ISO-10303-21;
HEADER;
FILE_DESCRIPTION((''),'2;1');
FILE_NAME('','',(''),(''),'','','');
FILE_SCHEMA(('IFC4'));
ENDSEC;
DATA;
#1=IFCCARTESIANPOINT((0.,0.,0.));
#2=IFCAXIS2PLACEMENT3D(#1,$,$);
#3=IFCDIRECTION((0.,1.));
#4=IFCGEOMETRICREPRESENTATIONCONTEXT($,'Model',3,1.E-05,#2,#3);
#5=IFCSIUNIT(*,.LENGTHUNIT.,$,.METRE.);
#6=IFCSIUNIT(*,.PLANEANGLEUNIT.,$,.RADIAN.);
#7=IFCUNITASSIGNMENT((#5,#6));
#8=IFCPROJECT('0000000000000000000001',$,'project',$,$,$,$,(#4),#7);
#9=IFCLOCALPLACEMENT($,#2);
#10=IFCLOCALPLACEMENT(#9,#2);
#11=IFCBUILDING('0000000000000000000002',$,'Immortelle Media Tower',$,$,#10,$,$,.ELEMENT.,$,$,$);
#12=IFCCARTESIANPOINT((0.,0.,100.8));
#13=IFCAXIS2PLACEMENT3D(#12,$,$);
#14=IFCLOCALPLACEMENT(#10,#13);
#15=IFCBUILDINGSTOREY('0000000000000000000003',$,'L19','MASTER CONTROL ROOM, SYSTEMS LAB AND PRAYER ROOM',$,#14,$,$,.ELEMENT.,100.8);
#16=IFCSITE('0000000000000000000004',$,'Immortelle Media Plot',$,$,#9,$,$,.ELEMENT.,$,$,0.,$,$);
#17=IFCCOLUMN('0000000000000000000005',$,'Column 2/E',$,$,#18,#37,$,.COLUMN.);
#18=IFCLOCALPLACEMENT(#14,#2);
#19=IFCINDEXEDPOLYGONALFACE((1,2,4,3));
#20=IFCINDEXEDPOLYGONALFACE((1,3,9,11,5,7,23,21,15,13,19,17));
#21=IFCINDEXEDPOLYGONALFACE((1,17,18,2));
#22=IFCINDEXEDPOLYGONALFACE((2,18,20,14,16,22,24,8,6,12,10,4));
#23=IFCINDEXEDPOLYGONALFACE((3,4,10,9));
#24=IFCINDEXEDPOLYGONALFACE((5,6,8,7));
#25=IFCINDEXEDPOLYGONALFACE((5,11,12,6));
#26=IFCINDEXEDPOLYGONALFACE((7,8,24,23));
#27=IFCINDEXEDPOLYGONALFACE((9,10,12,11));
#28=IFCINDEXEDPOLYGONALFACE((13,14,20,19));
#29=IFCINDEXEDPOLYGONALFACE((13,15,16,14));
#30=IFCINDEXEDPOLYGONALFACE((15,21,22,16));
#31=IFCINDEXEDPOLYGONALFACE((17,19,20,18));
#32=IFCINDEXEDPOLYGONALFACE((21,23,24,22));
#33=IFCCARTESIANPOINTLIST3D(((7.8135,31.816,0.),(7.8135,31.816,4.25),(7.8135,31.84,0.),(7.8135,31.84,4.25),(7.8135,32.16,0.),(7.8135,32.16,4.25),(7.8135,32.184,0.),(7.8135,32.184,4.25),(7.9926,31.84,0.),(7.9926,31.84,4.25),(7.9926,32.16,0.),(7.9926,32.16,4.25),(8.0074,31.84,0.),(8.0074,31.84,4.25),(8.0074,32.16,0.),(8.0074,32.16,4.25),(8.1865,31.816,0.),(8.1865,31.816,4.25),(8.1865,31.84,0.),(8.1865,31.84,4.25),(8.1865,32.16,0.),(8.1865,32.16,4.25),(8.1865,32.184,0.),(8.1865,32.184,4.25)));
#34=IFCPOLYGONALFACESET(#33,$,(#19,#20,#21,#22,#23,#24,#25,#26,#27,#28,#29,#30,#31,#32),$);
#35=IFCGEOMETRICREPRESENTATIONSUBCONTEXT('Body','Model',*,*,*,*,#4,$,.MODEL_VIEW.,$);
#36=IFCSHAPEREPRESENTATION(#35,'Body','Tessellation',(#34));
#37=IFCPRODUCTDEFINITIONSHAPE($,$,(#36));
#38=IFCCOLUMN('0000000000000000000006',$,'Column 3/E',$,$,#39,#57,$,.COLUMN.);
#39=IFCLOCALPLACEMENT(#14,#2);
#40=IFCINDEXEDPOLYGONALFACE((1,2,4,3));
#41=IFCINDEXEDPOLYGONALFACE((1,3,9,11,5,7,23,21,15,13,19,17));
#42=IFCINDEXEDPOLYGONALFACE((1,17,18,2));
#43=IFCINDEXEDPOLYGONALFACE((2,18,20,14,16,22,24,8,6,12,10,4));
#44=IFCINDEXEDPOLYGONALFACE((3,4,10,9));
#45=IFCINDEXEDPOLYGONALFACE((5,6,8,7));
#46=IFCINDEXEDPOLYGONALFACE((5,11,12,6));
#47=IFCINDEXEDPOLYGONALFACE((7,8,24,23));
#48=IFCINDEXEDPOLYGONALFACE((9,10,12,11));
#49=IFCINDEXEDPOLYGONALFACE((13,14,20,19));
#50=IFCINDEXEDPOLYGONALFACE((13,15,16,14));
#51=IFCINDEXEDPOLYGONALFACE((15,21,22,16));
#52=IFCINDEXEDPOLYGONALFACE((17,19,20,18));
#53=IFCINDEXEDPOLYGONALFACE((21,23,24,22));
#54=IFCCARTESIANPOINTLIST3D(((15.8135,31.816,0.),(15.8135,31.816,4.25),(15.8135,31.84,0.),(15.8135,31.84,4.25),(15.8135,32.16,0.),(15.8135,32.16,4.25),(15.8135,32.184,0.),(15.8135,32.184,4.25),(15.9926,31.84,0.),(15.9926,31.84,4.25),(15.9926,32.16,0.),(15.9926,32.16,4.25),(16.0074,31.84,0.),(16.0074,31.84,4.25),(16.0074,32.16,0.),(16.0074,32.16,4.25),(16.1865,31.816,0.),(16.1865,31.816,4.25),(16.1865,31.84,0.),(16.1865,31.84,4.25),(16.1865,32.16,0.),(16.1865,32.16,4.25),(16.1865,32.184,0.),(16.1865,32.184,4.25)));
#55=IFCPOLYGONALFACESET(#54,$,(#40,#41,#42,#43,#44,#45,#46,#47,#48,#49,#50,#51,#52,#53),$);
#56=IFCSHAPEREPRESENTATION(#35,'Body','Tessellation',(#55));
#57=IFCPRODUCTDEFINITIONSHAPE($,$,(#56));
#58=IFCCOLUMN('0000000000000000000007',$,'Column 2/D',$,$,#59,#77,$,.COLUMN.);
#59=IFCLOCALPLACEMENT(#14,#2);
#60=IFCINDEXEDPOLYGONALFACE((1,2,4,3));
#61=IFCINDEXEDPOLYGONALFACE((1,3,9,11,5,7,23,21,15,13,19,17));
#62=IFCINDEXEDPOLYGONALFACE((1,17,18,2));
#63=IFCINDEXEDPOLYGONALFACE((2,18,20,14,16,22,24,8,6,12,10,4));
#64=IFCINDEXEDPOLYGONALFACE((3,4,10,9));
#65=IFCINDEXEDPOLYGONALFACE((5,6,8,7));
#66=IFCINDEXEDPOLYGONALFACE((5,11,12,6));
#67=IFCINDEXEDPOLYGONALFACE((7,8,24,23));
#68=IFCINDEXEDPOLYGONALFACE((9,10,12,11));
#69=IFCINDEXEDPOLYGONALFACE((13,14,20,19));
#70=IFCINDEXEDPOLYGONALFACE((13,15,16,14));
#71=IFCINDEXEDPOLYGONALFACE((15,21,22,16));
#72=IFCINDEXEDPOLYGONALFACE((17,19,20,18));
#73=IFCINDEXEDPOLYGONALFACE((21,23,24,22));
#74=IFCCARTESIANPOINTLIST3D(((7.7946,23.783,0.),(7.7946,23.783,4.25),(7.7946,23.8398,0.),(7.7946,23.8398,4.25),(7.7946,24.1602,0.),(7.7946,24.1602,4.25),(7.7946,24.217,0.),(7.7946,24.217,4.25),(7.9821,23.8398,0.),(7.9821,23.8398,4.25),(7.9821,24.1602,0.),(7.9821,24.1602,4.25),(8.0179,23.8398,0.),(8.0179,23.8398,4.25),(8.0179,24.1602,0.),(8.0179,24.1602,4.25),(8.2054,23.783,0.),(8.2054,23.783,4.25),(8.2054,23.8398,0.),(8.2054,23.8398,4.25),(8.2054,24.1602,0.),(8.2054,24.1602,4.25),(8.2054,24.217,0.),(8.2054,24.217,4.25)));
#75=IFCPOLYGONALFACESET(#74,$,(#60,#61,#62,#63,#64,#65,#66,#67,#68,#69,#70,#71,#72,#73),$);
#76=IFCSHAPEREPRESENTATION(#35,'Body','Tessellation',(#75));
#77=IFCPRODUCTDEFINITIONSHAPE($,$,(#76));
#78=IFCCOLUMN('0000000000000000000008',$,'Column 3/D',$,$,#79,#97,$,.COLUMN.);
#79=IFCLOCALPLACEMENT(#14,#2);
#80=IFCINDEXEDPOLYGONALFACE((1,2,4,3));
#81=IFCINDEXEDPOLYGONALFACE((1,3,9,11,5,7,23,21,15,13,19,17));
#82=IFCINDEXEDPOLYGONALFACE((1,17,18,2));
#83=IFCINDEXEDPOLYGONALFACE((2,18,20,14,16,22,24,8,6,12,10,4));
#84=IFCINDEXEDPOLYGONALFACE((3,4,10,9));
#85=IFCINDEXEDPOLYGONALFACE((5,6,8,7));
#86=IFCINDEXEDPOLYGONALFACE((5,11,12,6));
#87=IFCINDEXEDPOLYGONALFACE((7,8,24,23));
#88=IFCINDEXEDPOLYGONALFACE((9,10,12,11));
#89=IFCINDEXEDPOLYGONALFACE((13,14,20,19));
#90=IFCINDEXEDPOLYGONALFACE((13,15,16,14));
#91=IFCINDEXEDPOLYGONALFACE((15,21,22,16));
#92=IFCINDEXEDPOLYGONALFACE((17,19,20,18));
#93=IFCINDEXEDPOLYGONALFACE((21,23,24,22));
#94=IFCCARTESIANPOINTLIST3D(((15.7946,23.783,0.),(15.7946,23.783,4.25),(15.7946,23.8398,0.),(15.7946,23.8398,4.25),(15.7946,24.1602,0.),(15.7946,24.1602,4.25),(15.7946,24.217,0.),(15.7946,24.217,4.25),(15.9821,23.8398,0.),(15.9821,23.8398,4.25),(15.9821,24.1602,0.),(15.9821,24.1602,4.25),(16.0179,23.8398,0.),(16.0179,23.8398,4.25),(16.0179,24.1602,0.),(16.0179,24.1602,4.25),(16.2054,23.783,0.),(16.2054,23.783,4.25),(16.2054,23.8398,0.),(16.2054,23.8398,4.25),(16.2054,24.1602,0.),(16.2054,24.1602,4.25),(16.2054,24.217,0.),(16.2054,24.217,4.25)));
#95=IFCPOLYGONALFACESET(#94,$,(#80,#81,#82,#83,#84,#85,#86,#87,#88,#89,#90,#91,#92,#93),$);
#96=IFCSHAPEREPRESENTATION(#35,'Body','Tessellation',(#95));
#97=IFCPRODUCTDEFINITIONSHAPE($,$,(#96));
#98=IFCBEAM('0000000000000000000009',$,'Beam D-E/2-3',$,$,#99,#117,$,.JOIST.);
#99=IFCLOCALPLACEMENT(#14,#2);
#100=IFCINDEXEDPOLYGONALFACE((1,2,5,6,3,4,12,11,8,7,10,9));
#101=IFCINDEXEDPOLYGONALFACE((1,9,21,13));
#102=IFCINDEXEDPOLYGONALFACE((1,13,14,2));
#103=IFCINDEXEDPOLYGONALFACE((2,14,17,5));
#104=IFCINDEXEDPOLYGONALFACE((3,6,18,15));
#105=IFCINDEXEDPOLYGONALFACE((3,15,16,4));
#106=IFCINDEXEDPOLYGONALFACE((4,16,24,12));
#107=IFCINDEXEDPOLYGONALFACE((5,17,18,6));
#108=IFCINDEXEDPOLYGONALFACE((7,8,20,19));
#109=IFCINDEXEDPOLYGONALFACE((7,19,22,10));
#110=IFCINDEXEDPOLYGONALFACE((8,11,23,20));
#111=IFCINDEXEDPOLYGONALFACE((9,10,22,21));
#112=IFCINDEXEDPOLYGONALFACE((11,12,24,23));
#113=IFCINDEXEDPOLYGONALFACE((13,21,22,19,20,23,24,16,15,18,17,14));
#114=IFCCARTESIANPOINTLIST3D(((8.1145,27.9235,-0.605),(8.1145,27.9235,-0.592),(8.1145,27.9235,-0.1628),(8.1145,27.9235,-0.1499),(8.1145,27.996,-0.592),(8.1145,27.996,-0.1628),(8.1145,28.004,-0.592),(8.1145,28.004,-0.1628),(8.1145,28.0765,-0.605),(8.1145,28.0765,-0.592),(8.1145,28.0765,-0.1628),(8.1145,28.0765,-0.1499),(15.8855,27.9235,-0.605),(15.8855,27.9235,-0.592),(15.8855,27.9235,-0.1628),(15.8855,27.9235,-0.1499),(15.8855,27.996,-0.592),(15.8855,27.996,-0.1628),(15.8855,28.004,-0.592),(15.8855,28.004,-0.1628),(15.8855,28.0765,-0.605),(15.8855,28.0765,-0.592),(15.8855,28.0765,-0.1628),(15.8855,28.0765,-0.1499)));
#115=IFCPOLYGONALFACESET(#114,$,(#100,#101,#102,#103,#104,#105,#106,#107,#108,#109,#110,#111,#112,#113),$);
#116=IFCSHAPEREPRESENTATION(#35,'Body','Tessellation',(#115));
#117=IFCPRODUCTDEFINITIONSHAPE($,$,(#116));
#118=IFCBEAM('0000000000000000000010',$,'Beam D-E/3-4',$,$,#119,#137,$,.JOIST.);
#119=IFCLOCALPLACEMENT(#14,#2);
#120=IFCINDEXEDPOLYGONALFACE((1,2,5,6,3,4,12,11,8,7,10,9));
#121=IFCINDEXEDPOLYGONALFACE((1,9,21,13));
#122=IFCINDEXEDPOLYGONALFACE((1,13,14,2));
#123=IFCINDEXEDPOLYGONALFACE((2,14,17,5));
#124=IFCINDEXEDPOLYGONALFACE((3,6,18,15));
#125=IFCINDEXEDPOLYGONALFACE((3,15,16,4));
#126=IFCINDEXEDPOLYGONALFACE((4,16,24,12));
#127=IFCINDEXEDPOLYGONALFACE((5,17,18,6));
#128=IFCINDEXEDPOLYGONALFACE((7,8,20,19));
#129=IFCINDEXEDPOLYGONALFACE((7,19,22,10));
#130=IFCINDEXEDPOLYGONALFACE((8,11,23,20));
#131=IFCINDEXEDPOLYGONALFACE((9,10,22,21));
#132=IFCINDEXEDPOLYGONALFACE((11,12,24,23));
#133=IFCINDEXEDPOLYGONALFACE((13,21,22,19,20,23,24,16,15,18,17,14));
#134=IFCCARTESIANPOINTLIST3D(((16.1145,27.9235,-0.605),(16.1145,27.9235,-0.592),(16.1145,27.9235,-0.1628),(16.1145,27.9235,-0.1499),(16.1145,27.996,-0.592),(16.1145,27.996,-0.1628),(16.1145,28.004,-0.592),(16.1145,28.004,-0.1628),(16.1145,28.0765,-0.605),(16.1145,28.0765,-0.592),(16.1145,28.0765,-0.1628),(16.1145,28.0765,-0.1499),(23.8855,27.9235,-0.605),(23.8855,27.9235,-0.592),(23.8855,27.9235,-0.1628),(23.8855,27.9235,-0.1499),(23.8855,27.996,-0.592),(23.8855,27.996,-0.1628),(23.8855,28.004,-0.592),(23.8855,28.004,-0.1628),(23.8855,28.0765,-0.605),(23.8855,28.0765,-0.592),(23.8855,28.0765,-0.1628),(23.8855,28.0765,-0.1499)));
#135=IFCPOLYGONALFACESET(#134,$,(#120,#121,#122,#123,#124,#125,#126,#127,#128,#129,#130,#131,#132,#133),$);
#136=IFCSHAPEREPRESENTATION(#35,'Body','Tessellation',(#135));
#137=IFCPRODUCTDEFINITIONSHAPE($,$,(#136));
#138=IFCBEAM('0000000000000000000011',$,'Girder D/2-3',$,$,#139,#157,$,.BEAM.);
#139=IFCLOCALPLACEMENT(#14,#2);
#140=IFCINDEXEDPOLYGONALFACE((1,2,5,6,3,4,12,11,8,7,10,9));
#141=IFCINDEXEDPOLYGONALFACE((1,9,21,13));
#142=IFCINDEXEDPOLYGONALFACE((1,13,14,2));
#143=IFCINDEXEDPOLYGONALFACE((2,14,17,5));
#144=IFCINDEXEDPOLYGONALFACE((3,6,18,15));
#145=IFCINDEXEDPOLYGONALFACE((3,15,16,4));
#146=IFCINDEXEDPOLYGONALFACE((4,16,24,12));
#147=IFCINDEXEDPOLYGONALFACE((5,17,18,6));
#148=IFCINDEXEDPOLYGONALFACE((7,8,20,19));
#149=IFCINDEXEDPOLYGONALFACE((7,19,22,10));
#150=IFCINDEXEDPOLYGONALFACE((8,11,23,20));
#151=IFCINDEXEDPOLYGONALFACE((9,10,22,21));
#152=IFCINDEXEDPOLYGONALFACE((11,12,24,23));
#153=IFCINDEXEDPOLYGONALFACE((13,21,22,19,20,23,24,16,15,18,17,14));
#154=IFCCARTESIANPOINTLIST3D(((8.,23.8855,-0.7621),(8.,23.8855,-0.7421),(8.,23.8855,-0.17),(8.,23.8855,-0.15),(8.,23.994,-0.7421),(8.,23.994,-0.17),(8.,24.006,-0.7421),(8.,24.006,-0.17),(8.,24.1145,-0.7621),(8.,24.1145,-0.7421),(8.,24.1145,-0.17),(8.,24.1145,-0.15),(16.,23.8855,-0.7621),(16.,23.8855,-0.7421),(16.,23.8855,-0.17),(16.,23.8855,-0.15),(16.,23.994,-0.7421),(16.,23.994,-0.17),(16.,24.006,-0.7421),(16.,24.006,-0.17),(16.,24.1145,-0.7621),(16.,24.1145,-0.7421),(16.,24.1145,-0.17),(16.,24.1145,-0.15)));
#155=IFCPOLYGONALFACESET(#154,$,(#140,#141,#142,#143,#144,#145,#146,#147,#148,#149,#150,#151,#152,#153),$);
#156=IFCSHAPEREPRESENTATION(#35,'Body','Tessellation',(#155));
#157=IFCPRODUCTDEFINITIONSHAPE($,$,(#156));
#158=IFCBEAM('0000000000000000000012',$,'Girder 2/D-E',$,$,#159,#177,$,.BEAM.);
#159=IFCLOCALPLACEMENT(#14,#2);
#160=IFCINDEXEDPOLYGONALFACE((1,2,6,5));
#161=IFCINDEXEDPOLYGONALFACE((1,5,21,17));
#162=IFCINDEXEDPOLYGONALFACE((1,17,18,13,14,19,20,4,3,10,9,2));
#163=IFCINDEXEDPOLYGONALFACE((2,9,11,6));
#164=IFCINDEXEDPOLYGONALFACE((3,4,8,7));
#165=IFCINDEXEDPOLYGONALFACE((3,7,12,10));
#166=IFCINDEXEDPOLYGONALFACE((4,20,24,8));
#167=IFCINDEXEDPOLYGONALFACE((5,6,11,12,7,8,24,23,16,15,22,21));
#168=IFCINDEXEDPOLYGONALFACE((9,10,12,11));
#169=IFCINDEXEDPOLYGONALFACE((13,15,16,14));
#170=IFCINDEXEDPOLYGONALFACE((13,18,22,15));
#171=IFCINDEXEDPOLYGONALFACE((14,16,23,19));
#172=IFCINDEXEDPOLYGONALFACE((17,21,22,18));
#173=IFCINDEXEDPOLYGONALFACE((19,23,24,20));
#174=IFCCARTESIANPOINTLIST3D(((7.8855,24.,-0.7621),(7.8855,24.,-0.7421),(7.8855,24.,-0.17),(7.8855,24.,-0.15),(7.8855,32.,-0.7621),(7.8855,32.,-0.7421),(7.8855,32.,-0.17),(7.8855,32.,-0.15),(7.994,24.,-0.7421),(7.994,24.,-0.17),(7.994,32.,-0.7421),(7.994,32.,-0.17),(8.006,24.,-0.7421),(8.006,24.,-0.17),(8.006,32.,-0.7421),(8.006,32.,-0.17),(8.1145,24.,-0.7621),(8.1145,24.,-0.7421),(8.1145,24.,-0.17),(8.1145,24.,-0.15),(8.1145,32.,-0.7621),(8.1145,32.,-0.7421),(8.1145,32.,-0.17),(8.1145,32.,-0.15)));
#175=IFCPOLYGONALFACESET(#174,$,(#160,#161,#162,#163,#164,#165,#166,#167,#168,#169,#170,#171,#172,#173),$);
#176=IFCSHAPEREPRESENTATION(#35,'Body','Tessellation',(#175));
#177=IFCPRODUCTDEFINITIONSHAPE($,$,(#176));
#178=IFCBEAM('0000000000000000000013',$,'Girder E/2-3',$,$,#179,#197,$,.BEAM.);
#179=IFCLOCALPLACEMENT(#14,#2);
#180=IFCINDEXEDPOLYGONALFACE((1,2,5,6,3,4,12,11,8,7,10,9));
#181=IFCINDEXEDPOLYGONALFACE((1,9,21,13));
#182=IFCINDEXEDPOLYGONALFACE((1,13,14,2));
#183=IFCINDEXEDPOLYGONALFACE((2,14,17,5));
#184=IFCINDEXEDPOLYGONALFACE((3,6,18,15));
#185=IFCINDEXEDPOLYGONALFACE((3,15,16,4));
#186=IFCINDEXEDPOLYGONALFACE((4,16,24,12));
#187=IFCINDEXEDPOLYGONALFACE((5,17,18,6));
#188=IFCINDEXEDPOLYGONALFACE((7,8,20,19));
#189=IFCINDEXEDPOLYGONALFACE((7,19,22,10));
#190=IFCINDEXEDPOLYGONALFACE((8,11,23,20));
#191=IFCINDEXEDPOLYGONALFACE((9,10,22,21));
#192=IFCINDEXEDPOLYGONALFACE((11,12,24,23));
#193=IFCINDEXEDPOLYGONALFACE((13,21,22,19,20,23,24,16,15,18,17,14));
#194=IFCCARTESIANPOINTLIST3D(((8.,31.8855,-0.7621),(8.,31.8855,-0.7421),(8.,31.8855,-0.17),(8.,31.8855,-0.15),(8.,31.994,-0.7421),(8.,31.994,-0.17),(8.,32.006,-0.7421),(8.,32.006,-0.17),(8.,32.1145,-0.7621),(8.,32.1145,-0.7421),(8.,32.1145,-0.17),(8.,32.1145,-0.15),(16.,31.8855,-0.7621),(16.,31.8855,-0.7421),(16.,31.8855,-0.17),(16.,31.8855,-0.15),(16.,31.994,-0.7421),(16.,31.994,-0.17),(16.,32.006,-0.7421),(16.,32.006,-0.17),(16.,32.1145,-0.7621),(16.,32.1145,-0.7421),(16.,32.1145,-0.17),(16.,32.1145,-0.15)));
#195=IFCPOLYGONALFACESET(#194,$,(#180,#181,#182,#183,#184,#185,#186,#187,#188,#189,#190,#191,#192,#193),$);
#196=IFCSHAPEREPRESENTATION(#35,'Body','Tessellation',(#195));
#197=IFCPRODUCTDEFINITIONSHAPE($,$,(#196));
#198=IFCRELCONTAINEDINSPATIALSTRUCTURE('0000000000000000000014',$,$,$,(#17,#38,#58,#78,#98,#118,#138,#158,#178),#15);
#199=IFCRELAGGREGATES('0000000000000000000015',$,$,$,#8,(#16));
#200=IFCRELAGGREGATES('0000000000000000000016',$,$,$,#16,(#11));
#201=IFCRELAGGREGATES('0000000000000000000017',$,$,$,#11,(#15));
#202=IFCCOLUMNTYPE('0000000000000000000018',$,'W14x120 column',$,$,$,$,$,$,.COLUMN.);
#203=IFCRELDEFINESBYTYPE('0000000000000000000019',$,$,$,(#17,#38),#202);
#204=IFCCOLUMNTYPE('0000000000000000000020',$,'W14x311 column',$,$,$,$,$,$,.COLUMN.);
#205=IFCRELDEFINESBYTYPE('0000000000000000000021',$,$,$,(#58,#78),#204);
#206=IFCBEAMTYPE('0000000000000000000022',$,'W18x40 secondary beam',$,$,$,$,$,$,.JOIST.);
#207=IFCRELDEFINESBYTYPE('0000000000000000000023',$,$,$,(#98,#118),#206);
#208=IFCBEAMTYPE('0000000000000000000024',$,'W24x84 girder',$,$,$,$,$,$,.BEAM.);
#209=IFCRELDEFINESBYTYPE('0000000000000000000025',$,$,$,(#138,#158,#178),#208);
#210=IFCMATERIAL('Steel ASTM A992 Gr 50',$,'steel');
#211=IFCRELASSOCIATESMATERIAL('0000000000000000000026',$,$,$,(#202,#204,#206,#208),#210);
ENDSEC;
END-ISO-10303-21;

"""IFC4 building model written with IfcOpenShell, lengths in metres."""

from ifc_helpers import new_model, si_unit, direction, frame, origin, origin_2d, place, context, subcontext, project, spatial, i_section, extrude, material, material_profile, profile_set, type_object, element, save


model = new_model("IFC4")

# Units and contexts
model_context = context("Model", 3, precision=1e-05, world=origin(), true_north=direction((0.0, 1.0)))
body_context = subcontext(model_context, "Body", "Model", "MODEL_VIEW")
ifc_project = project(units=[si_unit("LENGTHUNIT", "METRE"), si_unit("PLANEANGLEUNIT", "RADIAN")], contexts=[model_context])

# Site, building, storey
site_placement = place(None, origin())
site = spatial("IfcSite", under=ifc_project, at=site_placement, Name="Immortelle Media Plot", CompositionType="ELEMENT", RefElevation=0.0)
building_placement = place(site_placement, origin())
building = spatial("IfcBuilding", under=site, at=building_placement, Name="Immortelle Media Tower", CompositionType="ELEMENT")
storey_placement = place(building_placement, frame((0.0, 0.0, 100.8)))
storey = spatial("IfcBuildingStorey", under=building, at=storey_placement, Name="L19", Description="MASTER CONTROL ROOM, SYSTEMS LAB AND PRAYER ROOM", CompositionType="ELEMENT", Elevation=100.8)

# Columns
ifc_material_1 = material(Name="Steel ASTM A992 Gr 50", Category="steel")
ifc_material_profile_1 = material_profile(ifc_material_1, i_section(OverallWidth=0.373, OverallDepth=0.3679, WebThickness=0.0149, FlangeThickness=0.0239, at=origin_2d()), Name="W14x120")
ifc_profile_set_1 = profile_set([ifc_material_profile_1], Name="Steel ASTM A992 Gr 50")
column_type_1 = type_object("IfcColumnType", Name="W14x120 column", PredefinedType="COLUMN", material=ifc_profile_set_1)
for number, where, z_axis, x_axis, name in (
    (1, (8.0, 32.0, 0.0), (0.0, 0.0, 1.0), (1.0, 0.0, 0.0), "Column 2/E"),
    (2, (16.0, 32.0, 0.0), (0.0, 0.0, 1.0), (1.0, 0.0, 0.0), "Column 3/E"),
):
    element("IfcColumn", number, at=place(storey_placement, frame(where, z_axis=z_axis, x_axis=x_axis)), inside=storey, type_object=column_type_1, Name=name, PredefinedType="COLUMN", context=body_context, shape_type="SweptSolid", body=[
        extrude(i_section(OverallWidth=0.373, OverallDepth=0.3679, WebThickness=0.0149, FlangeThickness=0.0239, at=origin_2d()), origin(), (0.0, 0.0, 1.0), 4.25),
    ])
ifc_material_profile_2 = material_profile(ifc_material_1, i_section(OverallWidth=0.4109, OverallDepth=0.4341, WebThickness=0.0359, FlangeThickness=0.0569, at=origin_2d()), Name="W14x311")
ifc_profile_set_2 = profile_set([ifc_material_profile_2], Name="Steel ASTM A992 Gr 50")
column_type_2 = type_object("IfcColumnType", Name="W14x311 column", PredefinedType="COLUMN", material=ifc_profile_set_2)
for number, where, z_axis, x_axis, name in (
    (3, (8.0, 24.0, 0.0), (0.0, 0.0, 1.0), (1.0, 0.0, 0.0), "Column 2/D"),
    (4, (16.0, 24.0, 0.0), (0.0, 0.0, 1.0), (1.0, 0.0, 0.0), "Column 3/D"),
):
    element("IfcColumn", number, at=place(storey_placement, frame(where, z_axis=z_axis, x_axis=x_axis)), inside=storey, type_object=column_type_2, Name=name, PredefinedType="COLUMN", context=body_context, shape_type="SweptSolid", body=[
        extrude(i_section(OverallWidth=0.4109, OverallDepth=0.4341, WebThickness=0.0359, FlangeThickness=0.0569, at=origin_2d()), origin(), (0.0, 0.0, 1.0), 4.25),
    ])

# Beams
ifc_material_profile_3 = material_profile(ifc_material_1, i_section(OverallWidth=0.1531, OverallDepth=0.4551, WebThickness=0.0081, FlangeThickness=0.0129, at=origin_2d()), Name="W18x40")
ifc_profile_set_3 = profile_set([ifc_material_profile_3], Name="Steel ASTM A992 Gr 50")
beam_type_1 = type_object("IfcBeamType", Name="W18x40 secondary beam", PredefinedType="JOIST", material=ifc_profile_set_3)
for number, where, z_axis, x_axis, name in (
    (5, (8.1145, 28.0, -0.3774), (1.0, 0.0, 0.0), (0.0, 1.0, 0.0), "Beam D-E/2-3"),
    (6, (16.1145, 28.0, -0.3774), (1.0, 0.0, 0.0), (0.0, 1.0, 0.0), "Beam D-E/3-4"),
):
    element("IfcBeam", number, at=place(storey_placement, frame(where, z_axis=z_axis, x_axis=x_axis)), inside=storey, type_object=beam_type_1, Name=name, PredefinedType="JOIST", context=body_context, shape_type="SweptSolid", body=[
        extrude(i_section(OverallWidth=0.1531, OverallDepth=0.4551, WebThickness=0.0081, FlangeThickness=0.0129, at=origin_2d()), origin(), (0.0, 0.0, 1.0), 7.771),
    ])
ifc_material_profile_4 = material_profile(ifc_material_1, i_section(OverallWidth=0.229, OverallDepth=0.6121, WebThickness=0.012, FlangeThickness=0.02, at=origin_2d()), Name="W24x84")
ifc_profile_set_4 = profile_set([ifc_material_profile_4], Name="Steel ASTM A992 Gr 50")
beam_type_2 = type_object("IfcBeamType", Name="W24x84 girder", PredefinedType="BEAM", material=ifc_profile_set_4)
for number, where, z_axis, x_axis, name in (
    (7, (8.0, 24.0, -0.4561), (1.0, 0.0, 0.0), (0.0, 1.0, 0.0), "Girder D/2-3"),
    (8, (8.0, 24.0, -0.4561), (0.0, 1.0, 0.0), (-1.0, 0.0, 0.0), "Girder 2/D-E"),
    (9, (8.0, 32.0, -0.4561), (1.0, 0.0, 0.0), (0.0, 1.0, 0.0), "Girder E/2-3"),
):
    element("IfcBeam", number, at=place(storey_placement, frame(where, z_axis=z_axis, x_axis=x_axis)), inside=storey, type_object=beam_type_2, Name=name, PredefinedType="BEAM", context=body_context, shape_type="SweptSolid", body=[
        extrude(i_section(OverallWidth=0.229, OverallDepth=0.6121, WebThickness=0.012, FlangeThickness=0.02, at=origin_2d()), origin(), (0.0, 0.0, 1.0), 8.0),
    ])

save(model, "model.ifc")
